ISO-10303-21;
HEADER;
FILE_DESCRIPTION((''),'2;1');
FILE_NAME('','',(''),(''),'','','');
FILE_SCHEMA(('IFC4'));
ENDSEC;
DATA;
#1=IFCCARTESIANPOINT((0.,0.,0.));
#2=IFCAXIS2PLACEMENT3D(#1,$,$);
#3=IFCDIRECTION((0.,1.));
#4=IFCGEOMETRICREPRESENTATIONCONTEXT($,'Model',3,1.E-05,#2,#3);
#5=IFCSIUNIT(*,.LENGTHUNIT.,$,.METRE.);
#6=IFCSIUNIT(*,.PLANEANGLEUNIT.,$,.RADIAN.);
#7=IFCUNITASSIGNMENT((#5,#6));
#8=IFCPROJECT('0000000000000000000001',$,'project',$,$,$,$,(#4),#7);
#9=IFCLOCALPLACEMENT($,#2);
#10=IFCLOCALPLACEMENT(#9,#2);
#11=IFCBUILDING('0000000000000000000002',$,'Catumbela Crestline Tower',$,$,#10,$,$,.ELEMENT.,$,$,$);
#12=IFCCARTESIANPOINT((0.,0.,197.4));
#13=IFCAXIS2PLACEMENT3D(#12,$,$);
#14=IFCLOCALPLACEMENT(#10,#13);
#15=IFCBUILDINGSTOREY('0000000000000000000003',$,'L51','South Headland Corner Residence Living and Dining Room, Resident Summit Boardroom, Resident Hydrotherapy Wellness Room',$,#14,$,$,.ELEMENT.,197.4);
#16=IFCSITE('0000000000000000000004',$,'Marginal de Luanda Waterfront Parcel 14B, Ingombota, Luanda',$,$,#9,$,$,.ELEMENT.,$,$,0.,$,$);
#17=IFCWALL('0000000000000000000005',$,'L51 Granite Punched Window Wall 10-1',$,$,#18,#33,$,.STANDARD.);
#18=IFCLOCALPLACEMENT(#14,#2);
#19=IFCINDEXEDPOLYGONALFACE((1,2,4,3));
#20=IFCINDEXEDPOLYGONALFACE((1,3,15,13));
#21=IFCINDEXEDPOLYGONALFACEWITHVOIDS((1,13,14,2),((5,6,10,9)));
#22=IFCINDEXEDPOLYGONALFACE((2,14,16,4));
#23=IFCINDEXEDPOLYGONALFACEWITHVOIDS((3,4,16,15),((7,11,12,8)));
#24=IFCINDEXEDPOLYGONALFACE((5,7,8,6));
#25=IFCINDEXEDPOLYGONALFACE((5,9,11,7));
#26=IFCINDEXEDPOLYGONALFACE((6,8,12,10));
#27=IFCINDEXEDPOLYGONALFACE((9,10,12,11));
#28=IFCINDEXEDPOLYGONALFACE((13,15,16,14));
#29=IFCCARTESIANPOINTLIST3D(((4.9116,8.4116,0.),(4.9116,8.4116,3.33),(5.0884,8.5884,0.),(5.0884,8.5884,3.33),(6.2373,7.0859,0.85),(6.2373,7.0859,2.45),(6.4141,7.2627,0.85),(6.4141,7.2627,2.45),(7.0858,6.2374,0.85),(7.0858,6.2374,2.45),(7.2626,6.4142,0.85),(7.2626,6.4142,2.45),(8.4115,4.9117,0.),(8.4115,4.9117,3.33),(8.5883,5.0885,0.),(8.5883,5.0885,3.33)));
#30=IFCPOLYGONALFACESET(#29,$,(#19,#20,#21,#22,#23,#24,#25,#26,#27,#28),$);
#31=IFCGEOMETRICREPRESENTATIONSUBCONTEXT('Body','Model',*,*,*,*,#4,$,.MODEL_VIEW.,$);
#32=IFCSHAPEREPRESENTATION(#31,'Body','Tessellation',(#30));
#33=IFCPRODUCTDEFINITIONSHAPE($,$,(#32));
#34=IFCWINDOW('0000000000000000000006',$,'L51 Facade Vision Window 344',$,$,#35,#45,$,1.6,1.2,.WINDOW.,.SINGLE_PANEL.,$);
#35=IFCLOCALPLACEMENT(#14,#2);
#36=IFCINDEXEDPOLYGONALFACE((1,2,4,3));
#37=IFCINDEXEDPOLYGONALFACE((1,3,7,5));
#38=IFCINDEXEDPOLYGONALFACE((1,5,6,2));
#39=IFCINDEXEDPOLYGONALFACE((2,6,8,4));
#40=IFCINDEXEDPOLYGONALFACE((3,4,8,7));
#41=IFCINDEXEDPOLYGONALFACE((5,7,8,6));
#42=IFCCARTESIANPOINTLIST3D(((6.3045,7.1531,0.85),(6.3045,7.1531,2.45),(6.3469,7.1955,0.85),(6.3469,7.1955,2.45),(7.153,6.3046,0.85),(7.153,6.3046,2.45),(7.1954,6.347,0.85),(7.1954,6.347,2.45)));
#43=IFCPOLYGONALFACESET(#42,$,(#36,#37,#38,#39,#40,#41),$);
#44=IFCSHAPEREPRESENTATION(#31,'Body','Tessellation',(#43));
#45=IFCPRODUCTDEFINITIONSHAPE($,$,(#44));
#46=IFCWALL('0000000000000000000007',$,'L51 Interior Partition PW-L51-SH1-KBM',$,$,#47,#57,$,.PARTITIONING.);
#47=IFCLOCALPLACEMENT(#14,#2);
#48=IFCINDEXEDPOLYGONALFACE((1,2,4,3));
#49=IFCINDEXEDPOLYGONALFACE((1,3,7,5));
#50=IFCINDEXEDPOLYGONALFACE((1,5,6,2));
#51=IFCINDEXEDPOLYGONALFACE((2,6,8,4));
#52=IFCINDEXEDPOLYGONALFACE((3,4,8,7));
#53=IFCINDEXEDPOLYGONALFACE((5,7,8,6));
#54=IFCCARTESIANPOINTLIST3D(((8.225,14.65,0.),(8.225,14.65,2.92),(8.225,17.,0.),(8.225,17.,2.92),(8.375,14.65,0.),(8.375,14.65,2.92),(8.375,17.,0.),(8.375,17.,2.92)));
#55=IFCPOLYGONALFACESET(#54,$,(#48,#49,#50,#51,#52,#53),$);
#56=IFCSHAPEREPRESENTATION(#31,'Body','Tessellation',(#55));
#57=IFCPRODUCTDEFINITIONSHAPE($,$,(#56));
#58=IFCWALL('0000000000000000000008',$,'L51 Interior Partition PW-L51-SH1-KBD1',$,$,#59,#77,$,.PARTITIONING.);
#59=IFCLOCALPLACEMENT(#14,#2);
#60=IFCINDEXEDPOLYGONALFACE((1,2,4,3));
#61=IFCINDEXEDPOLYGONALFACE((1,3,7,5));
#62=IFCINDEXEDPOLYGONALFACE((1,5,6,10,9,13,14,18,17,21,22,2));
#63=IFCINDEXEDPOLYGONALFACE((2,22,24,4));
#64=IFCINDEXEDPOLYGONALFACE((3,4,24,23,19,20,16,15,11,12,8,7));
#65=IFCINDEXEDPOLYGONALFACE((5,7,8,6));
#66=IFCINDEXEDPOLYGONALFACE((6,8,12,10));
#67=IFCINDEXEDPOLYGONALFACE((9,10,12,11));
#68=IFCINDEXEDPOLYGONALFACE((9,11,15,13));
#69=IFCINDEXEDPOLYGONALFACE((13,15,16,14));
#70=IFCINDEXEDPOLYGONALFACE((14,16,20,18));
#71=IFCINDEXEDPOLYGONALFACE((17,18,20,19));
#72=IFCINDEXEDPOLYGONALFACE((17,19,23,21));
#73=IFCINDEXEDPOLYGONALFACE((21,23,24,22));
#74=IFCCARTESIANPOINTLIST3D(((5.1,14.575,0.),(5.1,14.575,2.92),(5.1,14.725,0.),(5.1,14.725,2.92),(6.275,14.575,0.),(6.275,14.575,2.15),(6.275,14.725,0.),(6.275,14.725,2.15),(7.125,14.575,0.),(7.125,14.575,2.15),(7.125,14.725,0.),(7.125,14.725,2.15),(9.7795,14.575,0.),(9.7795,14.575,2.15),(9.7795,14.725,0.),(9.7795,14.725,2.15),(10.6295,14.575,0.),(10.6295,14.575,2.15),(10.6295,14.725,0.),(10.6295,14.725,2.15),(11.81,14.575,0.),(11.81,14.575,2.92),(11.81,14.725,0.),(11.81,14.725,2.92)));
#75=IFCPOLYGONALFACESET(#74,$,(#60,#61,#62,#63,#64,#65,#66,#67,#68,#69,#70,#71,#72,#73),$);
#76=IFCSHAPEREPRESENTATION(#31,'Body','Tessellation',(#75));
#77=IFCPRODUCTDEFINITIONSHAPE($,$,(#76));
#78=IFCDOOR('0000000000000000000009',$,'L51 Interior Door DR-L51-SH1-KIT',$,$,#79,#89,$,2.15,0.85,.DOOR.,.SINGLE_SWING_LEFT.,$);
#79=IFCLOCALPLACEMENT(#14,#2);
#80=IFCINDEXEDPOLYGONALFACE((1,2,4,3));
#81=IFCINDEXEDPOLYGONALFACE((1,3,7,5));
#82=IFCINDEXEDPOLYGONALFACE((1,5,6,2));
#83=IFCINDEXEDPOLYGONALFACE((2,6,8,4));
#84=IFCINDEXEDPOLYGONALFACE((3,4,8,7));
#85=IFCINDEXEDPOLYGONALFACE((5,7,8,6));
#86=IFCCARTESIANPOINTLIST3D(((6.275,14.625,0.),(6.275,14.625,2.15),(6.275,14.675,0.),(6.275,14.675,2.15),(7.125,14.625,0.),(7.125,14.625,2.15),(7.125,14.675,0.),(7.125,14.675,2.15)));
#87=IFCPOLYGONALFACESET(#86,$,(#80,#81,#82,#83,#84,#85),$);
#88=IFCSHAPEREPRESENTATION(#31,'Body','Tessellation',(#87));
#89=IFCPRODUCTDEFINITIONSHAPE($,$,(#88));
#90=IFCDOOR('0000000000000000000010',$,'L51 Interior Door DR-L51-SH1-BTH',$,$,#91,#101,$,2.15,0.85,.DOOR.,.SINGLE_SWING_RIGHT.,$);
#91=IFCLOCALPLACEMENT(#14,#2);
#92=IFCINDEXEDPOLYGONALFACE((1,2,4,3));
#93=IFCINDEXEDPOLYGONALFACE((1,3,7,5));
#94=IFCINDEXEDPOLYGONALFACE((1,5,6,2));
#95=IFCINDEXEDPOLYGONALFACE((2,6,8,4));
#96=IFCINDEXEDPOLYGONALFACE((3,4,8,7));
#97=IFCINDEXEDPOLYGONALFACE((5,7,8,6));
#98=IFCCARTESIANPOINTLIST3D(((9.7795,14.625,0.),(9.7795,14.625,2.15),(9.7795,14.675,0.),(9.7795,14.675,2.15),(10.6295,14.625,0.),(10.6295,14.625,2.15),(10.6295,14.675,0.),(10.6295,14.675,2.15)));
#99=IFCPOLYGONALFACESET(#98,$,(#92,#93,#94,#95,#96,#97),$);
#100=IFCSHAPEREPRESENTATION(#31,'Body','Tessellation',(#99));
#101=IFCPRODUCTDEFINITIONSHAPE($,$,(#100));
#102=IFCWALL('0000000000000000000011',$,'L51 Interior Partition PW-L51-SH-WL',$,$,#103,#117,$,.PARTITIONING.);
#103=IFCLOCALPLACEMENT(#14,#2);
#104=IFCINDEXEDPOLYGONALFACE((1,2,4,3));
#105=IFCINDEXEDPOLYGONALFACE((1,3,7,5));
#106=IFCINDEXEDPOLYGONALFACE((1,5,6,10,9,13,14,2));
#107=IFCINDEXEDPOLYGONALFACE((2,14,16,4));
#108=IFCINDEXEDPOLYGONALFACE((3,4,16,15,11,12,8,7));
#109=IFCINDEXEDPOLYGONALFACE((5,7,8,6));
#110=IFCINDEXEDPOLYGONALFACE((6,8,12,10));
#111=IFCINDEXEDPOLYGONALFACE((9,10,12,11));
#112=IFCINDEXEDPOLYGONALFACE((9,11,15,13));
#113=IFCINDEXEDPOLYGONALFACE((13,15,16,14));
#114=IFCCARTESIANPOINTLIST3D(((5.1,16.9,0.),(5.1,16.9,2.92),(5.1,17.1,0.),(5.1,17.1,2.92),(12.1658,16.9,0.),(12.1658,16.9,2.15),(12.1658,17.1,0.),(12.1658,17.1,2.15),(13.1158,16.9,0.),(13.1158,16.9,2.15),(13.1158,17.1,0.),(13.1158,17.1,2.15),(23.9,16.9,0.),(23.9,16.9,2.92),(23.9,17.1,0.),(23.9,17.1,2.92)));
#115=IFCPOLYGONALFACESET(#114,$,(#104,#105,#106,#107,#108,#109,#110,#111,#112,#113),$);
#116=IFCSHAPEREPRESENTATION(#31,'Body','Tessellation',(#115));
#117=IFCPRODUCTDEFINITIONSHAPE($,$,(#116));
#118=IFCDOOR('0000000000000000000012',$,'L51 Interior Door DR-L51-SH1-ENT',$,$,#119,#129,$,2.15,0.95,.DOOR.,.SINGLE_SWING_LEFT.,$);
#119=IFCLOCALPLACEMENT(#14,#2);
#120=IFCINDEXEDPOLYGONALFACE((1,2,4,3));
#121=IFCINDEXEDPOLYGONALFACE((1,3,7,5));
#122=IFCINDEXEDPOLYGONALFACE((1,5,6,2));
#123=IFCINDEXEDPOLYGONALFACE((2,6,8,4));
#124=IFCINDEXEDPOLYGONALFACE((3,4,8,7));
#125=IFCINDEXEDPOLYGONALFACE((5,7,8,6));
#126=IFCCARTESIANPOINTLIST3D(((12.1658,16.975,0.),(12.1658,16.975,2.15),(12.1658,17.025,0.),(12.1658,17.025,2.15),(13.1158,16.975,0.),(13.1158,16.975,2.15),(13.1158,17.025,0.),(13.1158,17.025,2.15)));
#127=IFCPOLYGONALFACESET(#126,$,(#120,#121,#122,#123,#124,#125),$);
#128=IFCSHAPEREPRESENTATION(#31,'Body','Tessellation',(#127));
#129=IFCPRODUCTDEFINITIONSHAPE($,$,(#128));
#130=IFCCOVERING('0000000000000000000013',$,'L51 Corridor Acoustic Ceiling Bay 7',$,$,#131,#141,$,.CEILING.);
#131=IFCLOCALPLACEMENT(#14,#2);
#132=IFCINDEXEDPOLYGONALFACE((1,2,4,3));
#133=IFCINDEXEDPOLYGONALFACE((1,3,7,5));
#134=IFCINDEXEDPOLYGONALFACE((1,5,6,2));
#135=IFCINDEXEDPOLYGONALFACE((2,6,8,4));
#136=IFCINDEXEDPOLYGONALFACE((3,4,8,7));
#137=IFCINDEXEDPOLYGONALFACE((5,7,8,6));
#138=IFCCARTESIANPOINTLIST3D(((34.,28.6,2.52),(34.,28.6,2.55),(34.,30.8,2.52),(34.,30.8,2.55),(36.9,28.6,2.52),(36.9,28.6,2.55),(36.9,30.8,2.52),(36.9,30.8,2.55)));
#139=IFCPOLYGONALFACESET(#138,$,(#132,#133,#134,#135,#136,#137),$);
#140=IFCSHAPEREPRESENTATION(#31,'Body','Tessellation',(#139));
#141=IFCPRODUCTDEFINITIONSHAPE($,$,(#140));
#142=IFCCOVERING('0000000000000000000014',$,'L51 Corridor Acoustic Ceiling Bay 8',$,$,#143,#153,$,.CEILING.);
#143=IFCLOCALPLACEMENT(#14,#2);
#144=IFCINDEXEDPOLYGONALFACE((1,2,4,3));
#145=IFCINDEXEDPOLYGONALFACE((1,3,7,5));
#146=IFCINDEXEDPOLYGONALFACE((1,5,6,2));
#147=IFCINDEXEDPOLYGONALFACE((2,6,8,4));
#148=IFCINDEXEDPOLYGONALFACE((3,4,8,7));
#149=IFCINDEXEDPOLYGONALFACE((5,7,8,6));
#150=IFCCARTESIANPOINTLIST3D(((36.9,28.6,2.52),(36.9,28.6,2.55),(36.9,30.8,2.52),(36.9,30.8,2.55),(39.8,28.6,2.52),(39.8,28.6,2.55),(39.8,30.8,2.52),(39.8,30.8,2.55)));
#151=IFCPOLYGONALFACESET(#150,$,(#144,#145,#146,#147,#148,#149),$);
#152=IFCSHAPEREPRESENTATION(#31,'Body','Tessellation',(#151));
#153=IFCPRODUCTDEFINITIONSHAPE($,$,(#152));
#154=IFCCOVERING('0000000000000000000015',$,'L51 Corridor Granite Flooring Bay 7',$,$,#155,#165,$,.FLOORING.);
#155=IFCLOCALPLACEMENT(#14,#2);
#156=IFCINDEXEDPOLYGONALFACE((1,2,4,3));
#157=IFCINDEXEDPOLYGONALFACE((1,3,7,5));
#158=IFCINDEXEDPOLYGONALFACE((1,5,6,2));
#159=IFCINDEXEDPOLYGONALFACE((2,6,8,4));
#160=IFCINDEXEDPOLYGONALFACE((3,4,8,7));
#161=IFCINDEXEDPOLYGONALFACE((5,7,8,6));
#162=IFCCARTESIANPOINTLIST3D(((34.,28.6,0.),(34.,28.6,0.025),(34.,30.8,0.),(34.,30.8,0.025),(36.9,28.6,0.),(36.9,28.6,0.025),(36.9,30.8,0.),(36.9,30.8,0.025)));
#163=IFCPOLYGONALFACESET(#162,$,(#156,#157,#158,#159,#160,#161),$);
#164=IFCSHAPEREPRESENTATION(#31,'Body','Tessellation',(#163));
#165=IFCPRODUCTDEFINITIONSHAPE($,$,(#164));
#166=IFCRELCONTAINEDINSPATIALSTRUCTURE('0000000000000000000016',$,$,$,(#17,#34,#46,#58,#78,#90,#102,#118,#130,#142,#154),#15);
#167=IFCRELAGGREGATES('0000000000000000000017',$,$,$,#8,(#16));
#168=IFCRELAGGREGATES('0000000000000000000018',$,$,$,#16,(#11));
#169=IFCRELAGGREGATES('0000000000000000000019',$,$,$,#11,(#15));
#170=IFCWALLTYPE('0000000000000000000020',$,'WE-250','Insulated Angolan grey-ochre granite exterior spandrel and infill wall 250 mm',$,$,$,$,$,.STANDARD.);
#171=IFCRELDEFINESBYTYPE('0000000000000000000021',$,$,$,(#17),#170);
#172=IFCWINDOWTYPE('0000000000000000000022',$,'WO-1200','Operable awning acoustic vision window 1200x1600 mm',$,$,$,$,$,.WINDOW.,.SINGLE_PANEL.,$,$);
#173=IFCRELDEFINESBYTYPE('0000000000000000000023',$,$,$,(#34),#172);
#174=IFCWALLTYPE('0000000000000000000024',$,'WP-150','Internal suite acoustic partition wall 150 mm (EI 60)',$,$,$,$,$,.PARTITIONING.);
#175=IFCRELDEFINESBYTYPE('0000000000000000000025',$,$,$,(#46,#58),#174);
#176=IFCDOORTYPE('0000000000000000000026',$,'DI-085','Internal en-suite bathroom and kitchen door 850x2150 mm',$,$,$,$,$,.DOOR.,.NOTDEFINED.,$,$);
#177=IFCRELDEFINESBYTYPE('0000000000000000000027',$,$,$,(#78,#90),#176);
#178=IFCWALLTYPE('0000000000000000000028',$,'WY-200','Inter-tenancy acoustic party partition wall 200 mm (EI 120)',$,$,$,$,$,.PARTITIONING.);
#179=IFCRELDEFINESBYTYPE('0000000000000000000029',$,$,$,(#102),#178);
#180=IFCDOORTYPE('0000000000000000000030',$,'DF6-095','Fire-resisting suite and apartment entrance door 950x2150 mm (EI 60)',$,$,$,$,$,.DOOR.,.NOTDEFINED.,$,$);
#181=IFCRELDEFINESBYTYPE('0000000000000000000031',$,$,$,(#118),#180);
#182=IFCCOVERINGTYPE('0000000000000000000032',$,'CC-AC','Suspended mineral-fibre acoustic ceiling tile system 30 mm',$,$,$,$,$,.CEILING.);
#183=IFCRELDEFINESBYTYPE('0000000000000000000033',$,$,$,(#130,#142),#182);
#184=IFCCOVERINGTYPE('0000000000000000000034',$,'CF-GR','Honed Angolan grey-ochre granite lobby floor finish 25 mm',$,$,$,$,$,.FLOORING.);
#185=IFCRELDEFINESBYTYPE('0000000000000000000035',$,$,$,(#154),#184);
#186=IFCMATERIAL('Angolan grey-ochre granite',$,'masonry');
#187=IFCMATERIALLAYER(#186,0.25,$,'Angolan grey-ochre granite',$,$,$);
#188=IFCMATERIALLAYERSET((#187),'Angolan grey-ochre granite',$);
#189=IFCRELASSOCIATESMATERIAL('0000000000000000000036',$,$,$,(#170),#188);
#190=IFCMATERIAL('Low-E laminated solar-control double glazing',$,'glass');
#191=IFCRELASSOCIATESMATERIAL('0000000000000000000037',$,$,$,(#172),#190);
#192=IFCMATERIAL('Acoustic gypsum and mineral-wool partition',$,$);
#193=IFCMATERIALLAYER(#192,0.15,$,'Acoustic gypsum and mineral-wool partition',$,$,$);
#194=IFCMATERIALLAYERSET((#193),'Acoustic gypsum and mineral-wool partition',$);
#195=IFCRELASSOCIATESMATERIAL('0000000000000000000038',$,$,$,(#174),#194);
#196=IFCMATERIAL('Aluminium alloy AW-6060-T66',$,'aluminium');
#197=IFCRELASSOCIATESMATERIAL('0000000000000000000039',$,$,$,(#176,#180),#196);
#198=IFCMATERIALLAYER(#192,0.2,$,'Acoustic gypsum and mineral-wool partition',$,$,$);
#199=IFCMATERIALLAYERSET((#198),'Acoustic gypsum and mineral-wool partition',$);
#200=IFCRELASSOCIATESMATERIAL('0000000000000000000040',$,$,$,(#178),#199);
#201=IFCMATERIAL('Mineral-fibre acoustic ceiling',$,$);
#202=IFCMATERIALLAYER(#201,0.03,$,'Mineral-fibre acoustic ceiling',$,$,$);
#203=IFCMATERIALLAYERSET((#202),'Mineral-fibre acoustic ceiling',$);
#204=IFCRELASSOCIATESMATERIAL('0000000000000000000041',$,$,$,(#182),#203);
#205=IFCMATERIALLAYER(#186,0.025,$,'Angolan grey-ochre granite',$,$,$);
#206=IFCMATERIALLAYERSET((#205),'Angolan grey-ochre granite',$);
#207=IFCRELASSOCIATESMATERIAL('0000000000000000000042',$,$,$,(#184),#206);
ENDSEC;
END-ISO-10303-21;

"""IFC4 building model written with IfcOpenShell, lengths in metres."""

from ifc_helpers import new_model, si_unit, direction, frame, frame_2d, origin, place, context, subcontext, project, spatial, polyline, rectangle, outline, extrude, material, layer, layer_set, type_object, element, fill, save


model = new_model("IFC4")

# Units and contexts
model_context = context("Model", 3, precision=1e-05, world=origin(), true_north=direction((0.0, 1.0)))
body_context = subcontext(model_context, "Body", "Model", "MODEL_VIEW")
ifc_project = project(units=[si_unit("LENGTHUNIT", "METRE"), si_unit("PLANEANGLEUNIT", "RADIAN")], contexts=[model_context])

# Site, building, storey
site_placement = place(None, origin())
site = spatial("IfcSite", under=ifc_project, at=site_placement, Name="Marginal de Luanda Waterfront Parcel 14B, Ingombota, Luanda", CompositionType="ELEMENT", RefElevation=0.0)
building_placement = place(site_placement, origin())
building = spatial("IfcBuilding", under=site, at=building_placement, Name="Catumbela Crestline Tower", CompositionType="ELEMENT")
storey_placement = place(building_placement, frame((0.0, 0.0, 197.4)))
storey = spatial("IfcBuildingStorey", under=building, at=storey_placement, Name="L51", Description="South Headland Corner Residence Living and Dining Room, Resident Summit Boardroom, Resident Hydrotherapy Wellness Room", CompositionType="ELEMENT", Elevation=197.4)

# Shared definitions
ifc_material_1 = material(Name="Aluminium alloy AW-6060-T66", Category="aluminium")
ifc_material_2 = material(Name="Low-E laminated solar-control double glazing", Category="glass")

# Wall, opening, window
ifc_material_3 = material(Name="Angolan grey-ochre granite", Category="masonry")
ifc_layer_1 = layer(ifc_material_3, 0.25, Name="Angolan grey-ochre granite")
ifc_layer_set_1 = layer_set([ifc_layer_1], Name="Angolan grey-ochre granite")
wall_type_1 = type_object("IfcWallType", Name="WE-250", Description="Insulated Angolan grey-ochre granite exterior spandrel and infill wall 250 mm", PredefinedType="STANDARD", material=ifc_layer_set_1)
wall_1_placement = place(storey_placement, frame((5.0, 8.5, 0.0), z_axis=(0.0, 0.0, 1.0), x_axis=(0.707107, -0.707107, 0.0)))
wall_1 = element("IfcWall", 1, at=wall_1_placement, inside=storey, type_object=wall_type_1, Name="L51 Granite Punched Window Wall 10-1", PredefinedType="STANDARD", context=body_context, shape_type="SweptSolid", body=[
    extrude(rectangle(XDim=4.9497, YDim=0.25, at=frame_2d((2.4748, 0.0))), origin(), (0.0, 0.0, 1.0), 3.33),
])
opening_1_placement = place(wall_1_placement, frame((1.8748, 0.0, 0.85)))
opening_1 = element("IfcOpeningElement", 2, at=opening_1_placement, cuts=wall_1, PredefinedType="OPENING", context=body_context, shape_type="SweptSolid", body=[
    extrude(rectangle(XDim=1.2, YDim=1.6, at=frame_2d((0.6, 0.8))), frame((0.0, 0.135, 0.0), z_axis=(0.0, -1.0, 0.0), x_axis=(1.0, 0.0, 0.0)), (0.0, 0.0, 1.0), 0.27),
])
window_type_1 = type_object("IfcWindowType", Name="WO-1200", Description="Operable awning acoustic vision window 1200x1600 mm", PartitioningType="SINGLE_PANEL", PredefinedType="WINDOW", material=ifc_material_2)
window_1_placement = place(opening_1_placement, origin())
window_1 = element("IfcWindow", 3, at=window_1_placement, inside=storey, type_object=window_type_1, Name="L51 Facade Vision Window 344", OverallHeight=1.6, OverallWidth=1.2, PartitioningType="SINGLE_PANEL", PredefinedType="WINDOW", context=body_context, shape_type="SweptSolid", body=[
    extrude(rectangle(XDim=1.2, YDim=1.6, at=frame_2d((0.6, 0.8))), frame((0.0, 0.03, 0.0), z_axis=(0.0, -1.0, 0.0), x_axis=(1.0, 0.0, 0.0)), (0.0, 0.0, 1.0), 0.06),
])
fill(opening_1, window_1)

# Wall
ifc_material_4 = material(Name="Acoustic gypsum and mineral-wool partition")
ifc_layer_2 = layer(ifc_material_4, 0.15, Name="Acoustic gypsum and mineral-wool partition")
ifc_layer_set_2 = layer_set([ifc_layer_2], Name="Acoustic gypsum and mineral-wool partition")
wall_type_2 = type_object("IfcWallType", Name="WP-150", Description="Internal suite acoustic partition wall 150 mm (EI 60)", PredefinedType="PARTITIONING", material=ifc_layer_set_2)
wall_2_placement = place(storey_placement, frame((8.3, 14.65, 0.0), z_axis=(0.0, 0.0, 1.0), x_axis=(0.0, 1.0, 0.0)))
element("IfcWall", 4, at=wall_2_placement, inside=storey, type_object=wall_type_2, Name="L51 Interior Partition PW-L51-SH1-KBM", PredefinedType="PARTITIONING", context=body_context, shape_type="SweptSolid", body=[
    extrude(rectangle(XDim=2.35, YDim=0.15, at=frame_2d((1.175, 0.0))), origin(), (0.0, 0.0, 1.0), 2.92),
])

# Wall, openings, doors
wall_3_placement = place(storey_placement, frame((5.1, 14.65, 0.0), z_axis=(0.0, 0.0, 1.0), x_axis=(1.0, 0.0, 0.0)))
wall_3 = element("IfcWall", 5, at=wall_3_placement, inside=storey, type_object=wall_type_2, Name="L51 Interior Partition PW-L51-SH1-KBD1", PredefinedType="PARTITIONING", context=body_context, shape_type="SweptSolid", body=[
    extrude(rectangle(XDim=6.71, YDim=0.15, at=frame_2d((3.355, 0.0))), origin(), (0.0, 0.0, 1.0), 2.92),
])
opening_2_placement = place(wall_3_placement, frame((1.175, 0.0, 0.0)))
opening_2 = element("IfcOpeningElement", 6, at=opening_2_placement, cuts=wall_3, PredefinedType="OPENING", context=body_context, shape_type="SweptSolid", body=[
    extrude(rectangle(XDim=0.85, YDim=2.15, at=frame_2d((0.425, 1.075))), frame((0.0, 0.085, 0.0), z_axis=(0.0, -1.0, 0.0), x_axis=(1.0, 0.0, 0.0)), (0.0, 0.0, 1.0), 0.17),
])
opening_3_placement = place(wall_3_placement, frame((4.6795, 0.0, 0.0)))
opening_3 = element("IfcOpeningElement", 7, at=opening_3_placement, cuts=wall_3, PredefinedType="OPENING", context=body_context, shape_type="SweptSolid", body=[
    extrude(rectangle(XDim=0.85, YDim=2.15, at=frame_2d((0.425, 1.075))), frame((0.0, 0.085, 0.0), z_axis=(0.0, -1.0, 0.0), x_axis=(1.0, 0.0, 0.0)), (0.0, 0.0, 1.0), 0.17),
])
door_type_1 = type_object("IfcDoorType", Name="DI-085", Description="Internal en-suite bathroom and kitchen door 850x2150 mm", OperationType="NOTDEFINED", PredefinedType="DOOR", material=ifc_material_1)
door_1_placement = place(opening_2_placement, origin())
door_1 = element("IfcDoor", 8, at=door_1_placement, inside=storey, type_object=door_type_1, Name="L51 Interior Door DR-L51-SH1-KIT", OperationType="SINGLE_SWING_LEFT", OverallHeight=2.15, OverallWidth=0.85, PredefinedType="DOOR", context=body_context, shape_type="SweptSolid", body=[
    extrude(rectangle(XDim=0.85, YDim=2.15, at=frame_2d((0.425, 1.075))), frame((0.0, 0.025, 0.0), z_axis=(0.0, -1.0, 0.0), x_axis=(1.0, 0.0, 0.0)), (0.0, 0.0, 1.0), 0.05),
])
fill(opening_2, door_1)
door_2_placement = place(opening_3_placement, origin())
door_2 = element("IfcDoor", 9, at=door_2_placement, inside=storey, type_object=door_type_1, Name="L51 Interior Door DR-L51-SH1-BTH", OperationType="SINGLE_SWING_RIGHT", OverallHeight=2.15, OverallWidth=0.85, PredefinedType="DOOR", context=body_context, shape_type="SweptSolid", body=[
    extrude(rectangle(XDim=0.85, YDim=2.15, at=frame_2d((0.425, 1.075))), frame((0.0, 0.025, 0.0), z_axis=(0.0, -1.0, 0.0), x_axis=(1.0, 0.0, 0.0)), (0.0, 0.0, 1.0), 0.05),
])
fill(opening_3, door_2)

# Wall, opening, door
ifc_layer_3 = layer(ifc_material_4, 0.2, Name="Acoustic gypsum and mineral-wool partition")
ifc_layer_set_3 = layer_set([ifc_layer_3], Name="Acoustic gypsum and mineral-wool partition")
wall_type_3 = type_object("IfcWallType", Name="WY-200", Description="Inter-tenancy acoustic party partition wall 200 mm (EI 120)", PredefinedType="PARTITIONING", material=ifc_layer_set_3)
wall_4_placement = place(storey_placement, frame((5.1, 17.0, 0.0), z_axis=(0.0, 0.0, 1.0), x_axis=(1.0, 0.0, 0.0)))
wall_4 = element("IfcWall", 10, at=wall_4_placement, inside=storey, type_object=wall_type_3, Name="L51 Interior Partition PW-L51-SH-WL", PredefinedType="PARTITIONING", context=body_context, shape_type="SweptSolid", body=[
    extrude(rectangle(XDim=18.8, YDim=0.2, at=frame_2d((9.4, 0.0))), origin(), (0.0, 0.0, 1.0), 2.92),
])
opening_4_placement = place(wall_4_placement, frame((7.0658, 0.0, 0.0)))
opening_4 = element("IfcOpeningElement", 11, at=opening_4_placement, cuts=wall_4, PredefinedType="OPENING", context=body_context, shape_type="SweptSolid", body=[
    extrude(rectangle(XDim=0.95, YDim=2.15, at=frame_2d((0.475, 1.075))), frame((0.0, 0.11, 0.0), z_axis=(0.0, -1.0, 0.0), x_axis=(1.0, 0.0, 0.0)), (0.0, 0.0, 1.0), 0.22),
])
door_type_2 = type_object("IfcDoorType", Name="DF6-095", Description="Fire-resisting suite and apartment entrance door 950x2150 mm (EI 60)", OperationType="NOTDEFINED", PredefinedType="DOOR", material=ifc_material_1)
door_3_placement = place(opening_4_placement, origin())
door_3 = element("IfcDoor", 12, at=door_3_placement, inside=storey, type_object=door_type_2, Name="L51 Interior Door DR-L51-SH1-ENT", OperationType="SINGLE_SWING_LEFT", OverallHeight=2.15, OverallWidth=0.95, PredefinedType="DOOR", context=body_context, shape_type="SweptSolid", body=[
    extrude(rectangle(XDim=0.95, YDim=2.15, at=frame_2d((0.475, 1.075))), frame((0.0, 0.025, 0.0), z_axis=(0.0, -1.0, 0.0), x_axis=(1.0, 0.0, 0.0)), (0.0, 0.0, 1.0), 0.05),
])
fill(opening_4, door_3)

# Coverings
ifc_material_5 = material(Name="Mineral-fibre acoustic ceiling")
ifc_layer_4 = layer(ifc_material_5, 0.03, Name="Mineral-fibre acoustic ceiling")
ifc_layer_set_4 = layer_set([ifc_layer_4], Name="Mineral-fibre acoustic ceiling")
covering_type_1 = type_object("IfcCoveringType", Name="CC-AC", Description="Suspended mineral-fibre acoustic ceiling tile system 30 mm", PredefinedType="CEILING", material=ifc_layer_set_4)
covering_1_placement = place(storey_placement, frame((0.0, 0.0, 2.52)))
element("IfcCovering", 13, at=covering_1_placement, inside=storey, type_object=covering_type_1, Name="L51 Corridor Acoustic Ceiling Bay 7", PredefinedType="CEILING", context=body_context, shape_type="SweptSolid", body=[
    extrude(outline(polyline([(34.0, 28.6), (36.9, 28.6), (36.9, 30.8), (34.0, 30.8), (34.0, 28.6)])), origin(), (0.0, 0.0, 1.0), 0.03),
])
covering_2_placement = place(storey_placement, frame((0.0, 0.0, 2.52)))
element("IfcCovering", 14, at=covering_2_placement, inside=storey, type_object=covering_type_1, Name="L51 Corridor Acoustic Ceiling Bay 8", PredefinedType="CEILING", context=body_context, shape_type="SweptSolid", body=[
    extrude(outline(polyline([(36.9, 28.6), (39.8, 28.6), (39.8, 30.8), (36.9, 30.8), (36.9, 28.6)])), origin(), (0.0, 0.0, 1.0), 0.03),
])
ifc_layer_5 = layer(ifc_material_3, 0.025, Name="Angolan grey-ochre granite")
ifc_layer_set_5 = layer_set([ifc_layer_5], Name="Angolan grey-ochre granite")
covering_type_2 = type_object("IfcCoveringType", Name="CF-GR", Description="Honed Angolan grey-ochre granite lobby floor finish 25 mm", PredefinedType="FLOORING", material=ifc_layer_set_5)
covering_3_placement = place(storey_placement, origin())
element("IfcCovering", 15, at=covering_3_placement, inside=storey, type_object=covering_type_2, Name="L51 Corridor Granite Flooring Bay 7", PredefinedType="FLOORING", context=body_context, shape_type="SweptSolid", body=[
    extrude(outline(polyline([(34.0, 28.6), (36.9, 28.6), (36.9, 30.8), (34.0, 30.8), (34.0, 28.6)])), origin(), (0.0, 0.0, 1.0), 0.025),
])

save(model, "model.ifc")
